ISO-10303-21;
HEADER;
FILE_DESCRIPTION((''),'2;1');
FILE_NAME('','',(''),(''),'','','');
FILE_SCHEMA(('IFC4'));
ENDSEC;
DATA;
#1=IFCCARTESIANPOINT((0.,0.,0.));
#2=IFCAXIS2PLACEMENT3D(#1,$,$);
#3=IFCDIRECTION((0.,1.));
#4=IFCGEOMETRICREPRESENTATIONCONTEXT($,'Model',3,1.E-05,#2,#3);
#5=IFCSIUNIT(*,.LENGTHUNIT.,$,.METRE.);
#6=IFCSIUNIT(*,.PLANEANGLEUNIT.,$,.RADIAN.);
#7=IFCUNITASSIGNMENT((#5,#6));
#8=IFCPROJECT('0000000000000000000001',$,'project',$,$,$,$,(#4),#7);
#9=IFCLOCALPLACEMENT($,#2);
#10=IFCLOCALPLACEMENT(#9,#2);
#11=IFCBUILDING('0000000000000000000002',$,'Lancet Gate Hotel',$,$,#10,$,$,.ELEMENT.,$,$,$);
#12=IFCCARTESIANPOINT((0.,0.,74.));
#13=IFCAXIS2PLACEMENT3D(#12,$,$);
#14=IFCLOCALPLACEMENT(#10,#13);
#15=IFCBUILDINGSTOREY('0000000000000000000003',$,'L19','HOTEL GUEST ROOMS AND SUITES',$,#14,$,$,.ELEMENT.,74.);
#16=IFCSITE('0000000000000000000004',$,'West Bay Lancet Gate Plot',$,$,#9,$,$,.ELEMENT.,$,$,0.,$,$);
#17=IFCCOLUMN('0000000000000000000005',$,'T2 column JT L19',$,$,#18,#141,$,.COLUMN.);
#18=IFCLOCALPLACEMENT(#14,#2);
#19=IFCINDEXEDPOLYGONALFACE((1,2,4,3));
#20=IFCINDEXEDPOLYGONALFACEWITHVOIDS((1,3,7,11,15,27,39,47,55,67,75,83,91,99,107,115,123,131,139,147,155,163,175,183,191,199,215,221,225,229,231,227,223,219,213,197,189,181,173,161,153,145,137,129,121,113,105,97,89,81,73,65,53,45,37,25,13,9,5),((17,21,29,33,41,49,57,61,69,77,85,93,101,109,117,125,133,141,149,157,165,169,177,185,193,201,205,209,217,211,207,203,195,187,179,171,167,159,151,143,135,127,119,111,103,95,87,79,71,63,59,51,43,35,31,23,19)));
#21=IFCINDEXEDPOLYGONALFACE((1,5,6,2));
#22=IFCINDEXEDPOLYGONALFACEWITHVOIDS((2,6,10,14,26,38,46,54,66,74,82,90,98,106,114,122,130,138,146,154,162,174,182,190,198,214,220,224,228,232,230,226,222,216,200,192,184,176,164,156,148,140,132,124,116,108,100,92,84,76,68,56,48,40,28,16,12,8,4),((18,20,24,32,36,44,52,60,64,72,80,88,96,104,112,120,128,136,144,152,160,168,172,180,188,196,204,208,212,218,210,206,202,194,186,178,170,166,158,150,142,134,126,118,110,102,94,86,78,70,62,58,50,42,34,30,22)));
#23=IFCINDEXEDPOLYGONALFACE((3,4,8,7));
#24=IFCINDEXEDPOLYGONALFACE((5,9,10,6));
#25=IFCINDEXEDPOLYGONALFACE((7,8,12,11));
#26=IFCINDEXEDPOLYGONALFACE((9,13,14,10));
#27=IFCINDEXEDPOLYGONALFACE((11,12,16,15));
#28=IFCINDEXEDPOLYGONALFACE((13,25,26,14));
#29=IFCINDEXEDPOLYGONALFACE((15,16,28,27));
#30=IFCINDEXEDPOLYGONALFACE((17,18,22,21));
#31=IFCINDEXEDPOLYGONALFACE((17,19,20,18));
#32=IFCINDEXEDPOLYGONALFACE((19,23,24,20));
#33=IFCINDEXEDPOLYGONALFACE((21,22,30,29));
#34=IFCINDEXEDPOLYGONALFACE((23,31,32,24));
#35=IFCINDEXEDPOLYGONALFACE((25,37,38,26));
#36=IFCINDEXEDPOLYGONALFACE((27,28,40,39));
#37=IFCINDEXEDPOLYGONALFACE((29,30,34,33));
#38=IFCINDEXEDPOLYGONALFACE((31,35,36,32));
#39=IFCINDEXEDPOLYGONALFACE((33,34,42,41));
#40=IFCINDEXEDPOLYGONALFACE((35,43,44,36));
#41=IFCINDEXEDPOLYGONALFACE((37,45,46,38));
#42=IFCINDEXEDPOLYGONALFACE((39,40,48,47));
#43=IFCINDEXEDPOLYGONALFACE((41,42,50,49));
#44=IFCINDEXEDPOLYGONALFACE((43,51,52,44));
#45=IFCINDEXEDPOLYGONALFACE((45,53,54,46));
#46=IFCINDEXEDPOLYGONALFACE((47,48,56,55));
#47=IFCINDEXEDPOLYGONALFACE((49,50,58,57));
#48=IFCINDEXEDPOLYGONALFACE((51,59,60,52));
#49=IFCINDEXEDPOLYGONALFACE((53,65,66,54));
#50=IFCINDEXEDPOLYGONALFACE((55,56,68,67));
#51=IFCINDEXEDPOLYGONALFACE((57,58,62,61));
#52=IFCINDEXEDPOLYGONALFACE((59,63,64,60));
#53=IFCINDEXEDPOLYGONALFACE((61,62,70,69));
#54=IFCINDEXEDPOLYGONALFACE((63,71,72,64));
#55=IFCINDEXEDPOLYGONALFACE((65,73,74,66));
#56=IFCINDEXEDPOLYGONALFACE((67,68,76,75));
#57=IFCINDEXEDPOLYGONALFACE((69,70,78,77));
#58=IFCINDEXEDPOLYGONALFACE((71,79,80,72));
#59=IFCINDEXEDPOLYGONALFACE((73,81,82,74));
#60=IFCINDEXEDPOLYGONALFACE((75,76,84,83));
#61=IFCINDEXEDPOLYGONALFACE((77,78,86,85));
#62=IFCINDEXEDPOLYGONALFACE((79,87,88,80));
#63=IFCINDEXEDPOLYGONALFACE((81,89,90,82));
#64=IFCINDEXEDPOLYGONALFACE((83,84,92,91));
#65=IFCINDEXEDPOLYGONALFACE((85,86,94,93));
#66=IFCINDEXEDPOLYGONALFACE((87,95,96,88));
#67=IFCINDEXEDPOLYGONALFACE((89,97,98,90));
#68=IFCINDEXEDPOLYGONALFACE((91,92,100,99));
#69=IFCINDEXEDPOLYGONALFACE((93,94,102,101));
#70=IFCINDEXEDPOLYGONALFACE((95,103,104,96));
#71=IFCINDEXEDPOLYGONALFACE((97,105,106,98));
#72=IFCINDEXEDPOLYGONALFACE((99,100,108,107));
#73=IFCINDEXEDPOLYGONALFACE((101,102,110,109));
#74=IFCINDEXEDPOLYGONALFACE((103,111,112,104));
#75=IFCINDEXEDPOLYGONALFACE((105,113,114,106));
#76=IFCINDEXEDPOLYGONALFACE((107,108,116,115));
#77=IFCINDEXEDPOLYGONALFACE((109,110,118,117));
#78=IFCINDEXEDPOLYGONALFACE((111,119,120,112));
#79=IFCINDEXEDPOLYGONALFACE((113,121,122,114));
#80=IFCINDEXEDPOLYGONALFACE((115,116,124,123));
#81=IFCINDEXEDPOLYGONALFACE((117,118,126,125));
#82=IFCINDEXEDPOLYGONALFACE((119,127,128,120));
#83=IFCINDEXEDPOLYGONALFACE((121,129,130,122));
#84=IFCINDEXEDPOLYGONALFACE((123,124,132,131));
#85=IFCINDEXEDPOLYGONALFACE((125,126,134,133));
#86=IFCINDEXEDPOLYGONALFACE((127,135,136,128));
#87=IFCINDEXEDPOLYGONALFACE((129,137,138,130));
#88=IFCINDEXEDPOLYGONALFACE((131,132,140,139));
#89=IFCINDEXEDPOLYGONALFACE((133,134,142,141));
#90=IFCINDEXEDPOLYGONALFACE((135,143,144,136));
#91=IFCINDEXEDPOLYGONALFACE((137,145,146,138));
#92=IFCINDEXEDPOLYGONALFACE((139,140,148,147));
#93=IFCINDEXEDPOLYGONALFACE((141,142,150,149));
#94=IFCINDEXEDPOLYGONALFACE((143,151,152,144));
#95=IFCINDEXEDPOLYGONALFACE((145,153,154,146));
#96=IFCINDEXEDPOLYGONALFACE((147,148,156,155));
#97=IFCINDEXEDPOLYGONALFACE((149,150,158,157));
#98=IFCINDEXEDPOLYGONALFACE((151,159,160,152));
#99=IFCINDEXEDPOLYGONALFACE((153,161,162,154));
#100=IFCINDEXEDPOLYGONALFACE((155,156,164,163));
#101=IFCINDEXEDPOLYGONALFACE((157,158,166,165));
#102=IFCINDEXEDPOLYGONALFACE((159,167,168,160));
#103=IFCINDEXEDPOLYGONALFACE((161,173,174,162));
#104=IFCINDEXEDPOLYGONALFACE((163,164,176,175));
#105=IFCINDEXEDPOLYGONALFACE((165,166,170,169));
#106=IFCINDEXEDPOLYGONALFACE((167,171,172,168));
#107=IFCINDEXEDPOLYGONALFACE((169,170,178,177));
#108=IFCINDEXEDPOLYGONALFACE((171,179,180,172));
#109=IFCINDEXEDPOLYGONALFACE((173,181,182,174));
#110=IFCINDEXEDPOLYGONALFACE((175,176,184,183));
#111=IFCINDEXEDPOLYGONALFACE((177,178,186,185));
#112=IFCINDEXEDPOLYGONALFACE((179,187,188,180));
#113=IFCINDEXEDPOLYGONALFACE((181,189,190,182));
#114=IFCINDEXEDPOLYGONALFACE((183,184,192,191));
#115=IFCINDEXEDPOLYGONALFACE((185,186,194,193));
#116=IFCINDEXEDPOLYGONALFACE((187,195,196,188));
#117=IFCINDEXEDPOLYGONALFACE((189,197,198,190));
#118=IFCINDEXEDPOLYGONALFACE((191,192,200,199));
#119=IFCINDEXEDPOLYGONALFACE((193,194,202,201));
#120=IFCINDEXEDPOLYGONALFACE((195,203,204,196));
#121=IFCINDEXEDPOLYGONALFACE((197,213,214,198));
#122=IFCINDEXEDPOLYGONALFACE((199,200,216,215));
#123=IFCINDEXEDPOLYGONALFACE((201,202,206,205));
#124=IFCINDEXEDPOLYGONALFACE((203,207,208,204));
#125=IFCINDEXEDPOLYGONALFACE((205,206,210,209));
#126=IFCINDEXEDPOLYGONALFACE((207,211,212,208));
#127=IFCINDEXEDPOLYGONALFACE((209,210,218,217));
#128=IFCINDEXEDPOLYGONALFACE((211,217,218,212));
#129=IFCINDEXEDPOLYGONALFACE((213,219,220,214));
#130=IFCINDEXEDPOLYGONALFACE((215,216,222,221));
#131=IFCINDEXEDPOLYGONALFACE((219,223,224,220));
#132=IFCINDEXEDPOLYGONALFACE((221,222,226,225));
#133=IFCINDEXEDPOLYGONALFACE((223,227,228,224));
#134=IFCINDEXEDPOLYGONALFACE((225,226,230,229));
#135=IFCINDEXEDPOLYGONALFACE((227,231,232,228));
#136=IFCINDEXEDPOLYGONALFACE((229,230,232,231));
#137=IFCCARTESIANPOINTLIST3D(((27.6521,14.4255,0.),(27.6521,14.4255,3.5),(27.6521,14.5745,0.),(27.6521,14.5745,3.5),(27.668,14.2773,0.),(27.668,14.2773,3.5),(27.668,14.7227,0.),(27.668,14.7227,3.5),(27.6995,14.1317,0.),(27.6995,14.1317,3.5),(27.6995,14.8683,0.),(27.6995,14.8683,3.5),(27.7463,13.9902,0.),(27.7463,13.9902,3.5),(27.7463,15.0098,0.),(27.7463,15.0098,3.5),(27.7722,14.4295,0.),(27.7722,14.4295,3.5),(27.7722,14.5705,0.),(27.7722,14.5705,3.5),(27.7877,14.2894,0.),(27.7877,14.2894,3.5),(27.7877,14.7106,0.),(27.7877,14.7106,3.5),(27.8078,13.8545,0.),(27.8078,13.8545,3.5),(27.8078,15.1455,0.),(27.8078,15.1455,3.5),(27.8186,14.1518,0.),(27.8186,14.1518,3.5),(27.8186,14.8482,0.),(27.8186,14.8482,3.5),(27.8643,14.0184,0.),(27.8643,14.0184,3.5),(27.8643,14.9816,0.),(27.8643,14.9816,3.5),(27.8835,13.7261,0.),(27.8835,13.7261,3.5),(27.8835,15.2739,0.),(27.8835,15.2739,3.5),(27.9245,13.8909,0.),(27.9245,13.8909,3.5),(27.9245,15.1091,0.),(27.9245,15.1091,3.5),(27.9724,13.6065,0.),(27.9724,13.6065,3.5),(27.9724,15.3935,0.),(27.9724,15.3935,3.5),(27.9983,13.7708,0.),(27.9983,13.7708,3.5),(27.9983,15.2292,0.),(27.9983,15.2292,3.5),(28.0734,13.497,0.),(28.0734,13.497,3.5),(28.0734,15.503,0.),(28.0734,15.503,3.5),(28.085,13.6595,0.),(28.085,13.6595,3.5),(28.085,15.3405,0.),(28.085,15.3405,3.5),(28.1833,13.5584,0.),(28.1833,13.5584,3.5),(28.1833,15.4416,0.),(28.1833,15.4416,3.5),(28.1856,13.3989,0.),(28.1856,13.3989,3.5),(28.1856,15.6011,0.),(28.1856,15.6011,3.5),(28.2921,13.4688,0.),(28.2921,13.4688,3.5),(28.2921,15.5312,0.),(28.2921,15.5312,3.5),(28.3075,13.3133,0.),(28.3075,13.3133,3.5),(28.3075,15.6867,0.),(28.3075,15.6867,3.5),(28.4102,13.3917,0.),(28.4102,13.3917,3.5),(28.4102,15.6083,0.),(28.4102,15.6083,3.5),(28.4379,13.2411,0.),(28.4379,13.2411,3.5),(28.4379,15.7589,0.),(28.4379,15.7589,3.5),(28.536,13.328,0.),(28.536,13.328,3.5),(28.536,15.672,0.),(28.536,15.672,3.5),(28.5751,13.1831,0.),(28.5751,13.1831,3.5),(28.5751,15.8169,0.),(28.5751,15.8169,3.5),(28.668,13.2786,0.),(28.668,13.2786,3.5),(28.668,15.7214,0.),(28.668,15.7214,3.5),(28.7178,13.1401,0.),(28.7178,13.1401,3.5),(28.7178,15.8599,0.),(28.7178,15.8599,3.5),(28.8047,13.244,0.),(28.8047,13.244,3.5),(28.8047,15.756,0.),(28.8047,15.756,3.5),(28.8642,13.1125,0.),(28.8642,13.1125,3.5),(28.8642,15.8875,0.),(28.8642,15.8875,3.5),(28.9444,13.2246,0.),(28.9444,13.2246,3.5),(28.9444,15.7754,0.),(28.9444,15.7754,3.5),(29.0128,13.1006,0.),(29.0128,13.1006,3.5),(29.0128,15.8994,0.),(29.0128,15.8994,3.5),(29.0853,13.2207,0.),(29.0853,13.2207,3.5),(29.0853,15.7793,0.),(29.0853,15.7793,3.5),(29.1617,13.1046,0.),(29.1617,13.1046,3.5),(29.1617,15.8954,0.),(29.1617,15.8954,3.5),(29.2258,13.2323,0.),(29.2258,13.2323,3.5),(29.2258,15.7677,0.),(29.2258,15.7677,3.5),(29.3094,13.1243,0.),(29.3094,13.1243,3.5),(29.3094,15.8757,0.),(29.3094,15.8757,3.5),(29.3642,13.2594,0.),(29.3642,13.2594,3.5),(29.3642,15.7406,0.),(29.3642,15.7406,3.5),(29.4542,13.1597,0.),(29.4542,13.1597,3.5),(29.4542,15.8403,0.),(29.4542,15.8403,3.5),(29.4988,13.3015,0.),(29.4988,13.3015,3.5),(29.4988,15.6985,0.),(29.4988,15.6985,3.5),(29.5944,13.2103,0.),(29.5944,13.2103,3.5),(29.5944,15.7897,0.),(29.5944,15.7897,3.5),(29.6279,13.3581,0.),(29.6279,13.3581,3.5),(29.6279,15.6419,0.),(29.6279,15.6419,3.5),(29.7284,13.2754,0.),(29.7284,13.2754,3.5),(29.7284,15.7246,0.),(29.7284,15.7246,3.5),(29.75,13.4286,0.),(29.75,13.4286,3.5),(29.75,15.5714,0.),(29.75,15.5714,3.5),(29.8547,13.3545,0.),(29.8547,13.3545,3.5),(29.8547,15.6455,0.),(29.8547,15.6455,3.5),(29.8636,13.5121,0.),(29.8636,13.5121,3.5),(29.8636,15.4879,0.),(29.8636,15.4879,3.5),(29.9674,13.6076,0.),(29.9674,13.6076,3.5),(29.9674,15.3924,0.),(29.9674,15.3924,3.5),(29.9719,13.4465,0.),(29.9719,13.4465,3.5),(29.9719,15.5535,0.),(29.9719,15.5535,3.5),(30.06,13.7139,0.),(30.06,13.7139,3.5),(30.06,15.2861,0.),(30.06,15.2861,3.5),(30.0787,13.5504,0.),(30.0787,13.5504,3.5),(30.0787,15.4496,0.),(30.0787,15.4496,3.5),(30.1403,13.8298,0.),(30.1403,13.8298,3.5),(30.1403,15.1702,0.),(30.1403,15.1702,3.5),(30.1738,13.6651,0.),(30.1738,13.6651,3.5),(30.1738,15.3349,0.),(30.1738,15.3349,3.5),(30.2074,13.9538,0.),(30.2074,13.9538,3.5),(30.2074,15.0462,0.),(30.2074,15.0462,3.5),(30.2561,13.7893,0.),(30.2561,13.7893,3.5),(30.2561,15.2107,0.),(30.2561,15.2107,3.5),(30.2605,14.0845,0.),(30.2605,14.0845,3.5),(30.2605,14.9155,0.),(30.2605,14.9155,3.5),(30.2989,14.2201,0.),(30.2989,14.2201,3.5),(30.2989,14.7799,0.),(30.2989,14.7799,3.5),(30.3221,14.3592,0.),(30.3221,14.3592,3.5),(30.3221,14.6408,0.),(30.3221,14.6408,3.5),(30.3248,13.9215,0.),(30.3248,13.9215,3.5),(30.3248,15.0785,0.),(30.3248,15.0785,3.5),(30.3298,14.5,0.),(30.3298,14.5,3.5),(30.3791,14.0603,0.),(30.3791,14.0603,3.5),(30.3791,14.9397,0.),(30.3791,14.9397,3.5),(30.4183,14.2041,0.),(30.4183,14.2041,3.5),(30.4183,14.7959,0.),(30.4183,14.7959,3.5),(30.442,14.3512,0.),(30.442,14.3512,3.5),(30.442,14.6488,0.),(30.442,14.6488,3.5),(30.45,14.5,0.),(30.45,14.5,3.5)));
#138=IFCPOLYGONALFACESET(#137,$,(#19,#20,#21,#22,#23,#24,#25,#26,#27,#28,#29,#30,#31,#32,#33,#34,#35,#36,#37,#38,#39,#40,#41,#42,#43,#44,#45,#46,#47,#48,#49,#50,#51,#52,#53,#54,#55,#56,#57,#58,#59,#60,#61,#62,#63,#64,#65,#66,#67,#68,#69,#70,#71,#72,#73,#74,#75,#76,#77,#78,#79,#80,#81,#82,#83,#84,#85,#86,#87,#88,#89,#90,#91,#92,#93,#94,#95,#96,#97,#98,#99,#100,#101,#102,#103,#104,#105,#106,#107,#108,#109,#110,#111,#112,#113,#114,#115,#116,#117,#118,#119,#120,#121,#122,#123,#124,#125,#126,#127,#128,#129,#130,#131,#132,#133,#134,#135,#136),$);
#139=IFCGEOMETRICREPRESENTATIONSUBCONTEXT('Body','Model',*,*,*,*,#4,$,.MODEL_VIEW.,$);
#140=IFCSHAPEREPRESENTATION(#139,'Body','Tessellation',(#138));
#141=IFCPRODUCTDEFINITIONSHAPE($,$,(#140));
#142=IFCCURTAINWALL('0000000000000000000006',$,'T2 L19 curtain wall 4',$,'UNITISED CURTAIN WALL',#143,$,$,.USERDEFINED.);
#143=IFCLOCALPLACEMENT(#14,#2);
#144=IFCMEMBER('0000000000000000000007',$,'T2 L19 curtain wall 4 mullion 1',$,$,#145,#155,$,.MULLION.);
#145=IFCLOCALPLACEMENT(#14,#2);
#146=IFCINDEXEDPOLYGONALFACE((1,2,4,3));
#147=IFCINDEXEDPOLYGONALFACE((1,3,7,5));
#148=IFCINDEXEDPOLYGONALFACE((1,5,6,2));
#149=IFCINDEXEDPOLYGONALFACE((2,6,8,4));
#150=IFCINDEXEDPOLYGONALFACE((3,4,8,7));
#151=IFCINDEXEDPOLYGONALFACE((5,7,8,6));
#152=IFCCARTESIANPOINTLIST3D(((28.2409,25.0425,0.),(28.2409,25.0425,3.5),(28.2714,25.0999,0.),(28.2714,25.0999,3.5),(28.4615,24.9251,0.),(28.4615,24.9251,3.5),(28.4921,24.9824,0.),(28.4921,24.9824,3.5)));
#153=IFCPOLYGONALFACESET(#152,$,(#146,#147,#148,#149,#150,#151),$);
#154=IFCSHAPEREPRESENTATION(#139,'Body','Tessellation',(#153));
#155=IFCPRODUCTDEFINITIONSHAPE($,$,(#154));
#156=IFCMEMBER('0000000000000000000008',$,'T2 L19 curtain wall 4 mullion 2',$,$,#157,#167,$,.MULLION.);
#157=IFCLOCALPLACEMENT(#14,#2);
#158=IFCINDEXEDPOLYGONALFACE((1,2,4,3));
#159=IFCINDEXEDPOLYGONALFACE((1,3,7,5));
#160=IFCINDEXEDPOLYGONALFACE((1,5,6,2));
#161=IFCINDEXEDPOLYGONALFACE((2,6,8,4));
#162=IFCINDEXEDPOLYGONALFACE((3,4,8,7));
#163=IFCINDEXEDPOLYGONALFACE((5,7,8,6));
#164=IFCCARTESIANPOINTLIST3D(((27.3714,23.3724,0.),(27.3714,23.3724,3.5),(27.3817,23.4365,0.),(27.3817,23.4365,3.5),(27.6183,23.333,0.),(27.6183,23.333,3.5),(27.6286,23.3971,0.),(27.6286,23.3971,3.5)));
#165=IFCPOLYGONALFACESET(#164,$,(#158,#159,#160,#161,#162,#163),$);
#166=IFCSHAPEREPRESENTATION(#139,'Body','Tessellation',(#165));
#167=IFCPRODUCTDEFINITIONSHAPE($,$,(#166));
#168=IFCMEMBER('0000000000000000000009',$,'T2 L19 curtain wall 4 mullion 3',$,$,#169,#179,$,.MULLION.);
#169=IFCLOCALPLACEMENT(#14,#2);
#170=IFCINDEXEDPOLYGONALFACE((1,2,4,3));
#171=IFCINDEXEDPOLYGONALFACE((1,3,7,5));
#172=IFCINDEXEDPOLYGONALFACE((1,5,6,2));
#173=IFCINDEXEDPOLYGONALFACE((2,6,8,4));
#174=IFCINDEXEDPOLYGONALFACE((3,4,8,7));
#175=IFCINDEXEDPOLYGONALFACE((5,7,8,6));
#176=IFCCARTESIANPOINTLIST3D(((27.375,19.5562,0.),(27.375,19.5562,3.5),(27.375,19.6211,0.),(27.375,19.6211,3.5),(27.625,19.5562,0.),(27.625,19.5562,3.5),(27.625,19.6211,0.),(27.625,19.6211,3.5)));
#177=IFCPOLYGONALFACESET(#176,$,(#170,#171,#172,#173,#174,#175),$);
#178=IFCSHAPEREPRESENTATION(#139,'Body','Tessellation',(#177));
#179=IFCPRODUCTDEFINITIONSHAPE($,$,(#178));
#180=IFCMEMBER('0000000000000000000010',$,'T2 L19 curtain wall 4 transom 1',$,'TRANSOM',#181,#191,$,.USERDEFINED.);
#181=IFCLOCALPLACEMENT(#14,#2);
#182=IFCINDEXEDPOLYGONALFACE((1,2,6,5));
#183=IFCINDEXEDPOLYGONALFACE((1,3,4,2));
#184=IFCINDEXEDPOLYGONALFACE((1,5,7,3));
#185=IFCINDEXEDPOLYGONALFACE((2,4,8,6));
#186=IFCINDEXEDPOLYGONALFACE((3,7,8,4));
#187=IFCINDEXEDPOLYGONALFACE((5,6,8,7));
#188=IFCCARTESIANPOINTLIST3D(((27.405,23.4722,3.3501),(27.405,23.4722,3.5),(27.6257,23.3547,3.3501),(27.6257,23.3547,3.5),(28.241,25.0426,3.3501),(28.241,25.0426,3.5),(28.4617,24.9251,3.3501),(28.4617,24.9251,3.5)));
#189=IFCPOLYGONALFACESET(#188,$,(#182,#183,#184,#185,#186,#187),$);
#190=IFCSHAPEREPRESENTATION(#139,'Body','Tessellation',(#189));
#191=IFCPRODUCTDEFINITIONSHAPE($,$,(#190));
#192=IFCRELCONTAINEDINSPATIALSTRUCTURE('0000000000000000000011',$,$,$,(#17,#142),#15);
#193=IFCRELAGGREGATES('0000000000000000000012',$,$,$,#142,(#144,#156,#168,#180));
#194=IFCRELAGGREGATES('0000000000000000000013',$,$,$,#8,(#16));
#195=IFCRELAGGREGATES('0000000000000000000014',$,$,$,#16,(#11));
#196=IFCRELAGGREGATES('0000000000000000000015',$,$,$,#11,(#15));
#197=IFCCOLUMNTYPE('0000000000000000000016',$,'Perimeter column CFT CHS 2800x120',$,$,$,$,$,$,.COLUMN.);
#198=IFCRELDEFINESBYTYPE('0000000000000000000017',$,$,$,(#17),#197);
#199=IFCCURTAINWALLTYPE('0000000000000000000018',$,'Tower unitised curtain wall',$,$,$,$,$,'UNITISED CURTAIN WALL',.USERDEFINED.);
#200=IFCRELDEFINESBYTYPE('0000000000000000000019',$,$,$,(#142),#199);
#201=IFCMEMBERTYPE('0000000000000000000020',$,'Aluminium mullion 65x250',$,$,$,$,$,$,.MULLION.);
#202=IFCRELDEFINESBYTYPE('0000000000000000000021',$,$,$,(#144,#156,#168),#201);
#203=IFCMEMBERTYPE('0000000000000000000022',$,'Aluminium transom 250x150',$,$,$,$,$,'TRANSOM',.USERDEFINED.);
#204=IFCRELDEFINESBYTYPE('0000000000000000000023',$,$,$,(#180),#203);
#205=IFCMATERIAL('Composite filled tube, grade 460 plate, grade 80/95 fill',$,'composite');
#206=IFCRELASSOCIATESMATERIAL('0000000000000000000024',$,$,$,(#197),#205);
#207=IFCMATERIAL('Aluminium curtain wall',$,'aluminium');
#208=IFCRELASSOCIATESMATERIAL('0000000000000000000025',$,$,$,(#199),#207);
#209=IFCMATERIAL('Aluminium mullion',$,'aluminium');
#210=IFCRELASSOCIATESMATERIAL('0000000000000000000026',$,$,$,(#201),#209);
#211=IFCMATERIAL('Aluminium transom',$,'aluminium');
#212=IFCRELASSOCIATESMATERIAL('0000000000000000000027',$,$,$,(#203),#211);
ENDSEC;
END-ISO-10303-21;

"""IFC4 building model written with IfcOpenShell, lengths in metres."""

from ifc_helpers import new_model, si_unit, direction, frame, origin, origin_2d, place, context, subcontext, project, spatial, rectangle, hollow_circle, extrude, material, material_profile, profile_set, type_object, element, aggregate, save


model = new_model("IFC4")

# Units and contexts
model_context = context("Model", 3, precision=1e-05, world=origin(), true_north=direction((0.0, 1.0)))
body_context = subcontext(model_context, "Body", "Model", "MODEL_VIEW")
ifc_project = project(units=[si_unit("LENGTHUNIT", "METRE"), si_unit("PLANEANGLEUNIT", "RADIAN")], contexts=[model_context])

# Site, building, storey
site_placement = place(None, origin())
site = spatial("IfcSite", under=ifc_project, at=site_placement, Name="West Bay Lancet Gate Plot", CompositionType="ELEMENT", RefElevation=0.0)
building_placement = place(site_placement, origin())
building = spatial("IfcBuilding", under=site, at=building_placement, Name="Lancet Gate Hotel", CompositionType="ELEMENT")
storey_placement = place(building_placement, frame((0.0, 0.0, 74.0)))
storey = spatial("IfcBuildingStorey", under=building, at=storey_placement, Name="L19", Description="HOTEL GUEST ROOMS AND SUITES", CompositionType="ELEMENT", Elevation=74.0)

# Column
ifc_material_1 = material(Name="Composite filled tube, grade 460 plate, grade 80/95 fill", Category="composite")
ifc_material_profile_1 = material_profile(ifc_material_1, hollow_circle(Radius=1.3999, WallThickness=0.1201, at=origin_2d()), Name="CHS 2800x120")
ifc_profile_set_1 = profile_set([ifc_material_profile_1], Name="Composite filled tube, grade 460 plate, grade 80/95 fill")
column_type = type_object("IfcColumnType", Name="Perimeter column CFT CHS 2800x120", PredefinedType="COLUMN", material=ifc_profile_set_1)
for number, where, z_axis, x_axis, name in (
    (1, (29.05, 14.5, 0.0), (0.0, 0.0, 1.0), (1.0, 0.0, 0.0), "T2 column JT L19"),
):
    element("IfcColumn", number, at=place(storey_placement, frame(where, z_axis=z_axis, x_axis=x_axis)), inside=storey, type_object=column_type, Name=name, PredefinedType="COLUMN", context=body_context, shape_type="SweptSolid", body=[
        extrude(hollow_circle(Radius=1.3999, WallThickness=0.1201, at=origin_2d()), origin(), (0.0, 0.0, 1.0), 3.5),
    ])

# Curtain wall, members
ifc_material_2 = material(Name="Aluminium curtain wall", Category="aluminium")
curtain_wall_type = type_object("IfcCurtainWallType", Name="Tower unitised curtain wall", ElementType="UNITISED CURTAIN WALL", PredefinedType="USERDEFINED", material=ifc_material_2)
curtain_wall_placement = place(storey_placement, origin())
curtain_wall = element("IfcCurtainWall", 2, at=curtain_wall_placement, inside=storey, type_object=curtain_wall_type, Name="T2 L19 curtain wall 4", ObjectType="UNITISED CURTAIN WALL", PredefinedType="USERDEFINED")
ifc_material_3 = material(Name="Aluminium mullion", Category="aluminium")
ifc_material_profile_2 = material_profile(ifc_material_3, rectangle(XDim=0.0649, YDim=0.25, at=origin_2d()), Name="MULLION 65x250")
ifc_profile_set_2 = profile_set([ifc_material_profile_2], Name="Aluminium mullion")
member_type_1 = type_object("IfcMemberType", Name="Aluminium mullion 65x250", PredefinedType="MULLION", material=ifc_profile_set_2)
member_1_placement = place(storey_placement, frame((28.3665, 25.0125, 0.0), z_axis=(0.0, 0.0, 1.0), x_axis=(-0.469898, -0.882721, 0.0)))
member_1 = element("IfcMember", 3, at=member_1_placement, type_object=member_type_1, Name="T2 L19 curtain wall 4 mullion 1", PredefinedType="MULLION", context=body_context, shape_type="SweptSolid", body=[
    extrude(rectangle(XDim=0.0649, YDim=0.25, at=origin_2d()), origin(), (0.0, 0.0, 1.0), 3.5),
])
member_2_placement = place(storey_placement, frame((27.5, 23.3848, 0.0), z_axis=(0.0, 0.0, 1.0), x_axis=(-0.157752, -0.987479, 0.0)))
member_2 = element("IfcMember", 4, at=member_2_placement, type_object=member_type_1, Name="T2 L19 curtain wall 4 mullion 2", PredefinedType="MULLION", context=body_context, shape_type="SweptSolid", body=[
    extrude(rectangle(XDim=0.0649, YDim=0.25, at=origin_2d()), origin(), (0.0, 0.0, 1.0), 3.5),
])
member_3_placement = place(storey_placement, frame((27.5, 19.5886, 0.0), z_axis=(0.0, 0.0, 1.0), x_axis=(0.0, -1.0, 0.0)))
member_3 = element("IfcMember", 5, at=member_3_placement, type_object=member_type_1, Name="T2 L19 curtain wall 4 mullion 3", PredefinedType="MULLION", context=body_context, shape_type="SweptSolid", body=[
    extrude(rectangle(XDim=0.0649, YDim=0.25, at=origin_2d()), origin(), (0.0, 0.0, 1.0), 3.5),
])
ifc_material_4 = material(Name="Aluminium transom", Category="aluminium")
ifc_material_profile_3 = material_profile(ifc_material_4, rectangle(XDim=0.25, YDim=0.1499, at=origin_2d()), Name="TRANSOM 250x150")
ifc_profile_set_3 = profile_set([ifc_material_profile_3], Name="Aluminium transom")
member_type_2 = type_object("IfcMemberType", Name="Aluminium transom 250x150", ElementType="TRANSOM", PredefinedType="USERDEFINED", material=ifc_profile_set_3)
member_4_placement = place(storey_placement, frame((28.3513, 24.9839, 3.425), z_axis=(-0.469904, -0.882717, 0.0), x_axis=(0.882717, -0.469904, 0.0)))
member_4 = element("IfcMember", 6, at=member_4_placement, type_object=member_type_2, Name="T2 L19 curtain wall 4 transom 1", ObjectType="TRANSOM", PredefinedType="USERDEFINED", context=body_context, shape_type="SweptSolid", body=[
    extrude(rectangle(XDim=0.25, YDim=0.1499, at=origin_2d()), origin(), (0.0, 0.0, 1.0), 1.7791),
])

aggregate(curtain_wall, [member_1, member_2, member_3, member_4])

save(model, "model.ifc")
